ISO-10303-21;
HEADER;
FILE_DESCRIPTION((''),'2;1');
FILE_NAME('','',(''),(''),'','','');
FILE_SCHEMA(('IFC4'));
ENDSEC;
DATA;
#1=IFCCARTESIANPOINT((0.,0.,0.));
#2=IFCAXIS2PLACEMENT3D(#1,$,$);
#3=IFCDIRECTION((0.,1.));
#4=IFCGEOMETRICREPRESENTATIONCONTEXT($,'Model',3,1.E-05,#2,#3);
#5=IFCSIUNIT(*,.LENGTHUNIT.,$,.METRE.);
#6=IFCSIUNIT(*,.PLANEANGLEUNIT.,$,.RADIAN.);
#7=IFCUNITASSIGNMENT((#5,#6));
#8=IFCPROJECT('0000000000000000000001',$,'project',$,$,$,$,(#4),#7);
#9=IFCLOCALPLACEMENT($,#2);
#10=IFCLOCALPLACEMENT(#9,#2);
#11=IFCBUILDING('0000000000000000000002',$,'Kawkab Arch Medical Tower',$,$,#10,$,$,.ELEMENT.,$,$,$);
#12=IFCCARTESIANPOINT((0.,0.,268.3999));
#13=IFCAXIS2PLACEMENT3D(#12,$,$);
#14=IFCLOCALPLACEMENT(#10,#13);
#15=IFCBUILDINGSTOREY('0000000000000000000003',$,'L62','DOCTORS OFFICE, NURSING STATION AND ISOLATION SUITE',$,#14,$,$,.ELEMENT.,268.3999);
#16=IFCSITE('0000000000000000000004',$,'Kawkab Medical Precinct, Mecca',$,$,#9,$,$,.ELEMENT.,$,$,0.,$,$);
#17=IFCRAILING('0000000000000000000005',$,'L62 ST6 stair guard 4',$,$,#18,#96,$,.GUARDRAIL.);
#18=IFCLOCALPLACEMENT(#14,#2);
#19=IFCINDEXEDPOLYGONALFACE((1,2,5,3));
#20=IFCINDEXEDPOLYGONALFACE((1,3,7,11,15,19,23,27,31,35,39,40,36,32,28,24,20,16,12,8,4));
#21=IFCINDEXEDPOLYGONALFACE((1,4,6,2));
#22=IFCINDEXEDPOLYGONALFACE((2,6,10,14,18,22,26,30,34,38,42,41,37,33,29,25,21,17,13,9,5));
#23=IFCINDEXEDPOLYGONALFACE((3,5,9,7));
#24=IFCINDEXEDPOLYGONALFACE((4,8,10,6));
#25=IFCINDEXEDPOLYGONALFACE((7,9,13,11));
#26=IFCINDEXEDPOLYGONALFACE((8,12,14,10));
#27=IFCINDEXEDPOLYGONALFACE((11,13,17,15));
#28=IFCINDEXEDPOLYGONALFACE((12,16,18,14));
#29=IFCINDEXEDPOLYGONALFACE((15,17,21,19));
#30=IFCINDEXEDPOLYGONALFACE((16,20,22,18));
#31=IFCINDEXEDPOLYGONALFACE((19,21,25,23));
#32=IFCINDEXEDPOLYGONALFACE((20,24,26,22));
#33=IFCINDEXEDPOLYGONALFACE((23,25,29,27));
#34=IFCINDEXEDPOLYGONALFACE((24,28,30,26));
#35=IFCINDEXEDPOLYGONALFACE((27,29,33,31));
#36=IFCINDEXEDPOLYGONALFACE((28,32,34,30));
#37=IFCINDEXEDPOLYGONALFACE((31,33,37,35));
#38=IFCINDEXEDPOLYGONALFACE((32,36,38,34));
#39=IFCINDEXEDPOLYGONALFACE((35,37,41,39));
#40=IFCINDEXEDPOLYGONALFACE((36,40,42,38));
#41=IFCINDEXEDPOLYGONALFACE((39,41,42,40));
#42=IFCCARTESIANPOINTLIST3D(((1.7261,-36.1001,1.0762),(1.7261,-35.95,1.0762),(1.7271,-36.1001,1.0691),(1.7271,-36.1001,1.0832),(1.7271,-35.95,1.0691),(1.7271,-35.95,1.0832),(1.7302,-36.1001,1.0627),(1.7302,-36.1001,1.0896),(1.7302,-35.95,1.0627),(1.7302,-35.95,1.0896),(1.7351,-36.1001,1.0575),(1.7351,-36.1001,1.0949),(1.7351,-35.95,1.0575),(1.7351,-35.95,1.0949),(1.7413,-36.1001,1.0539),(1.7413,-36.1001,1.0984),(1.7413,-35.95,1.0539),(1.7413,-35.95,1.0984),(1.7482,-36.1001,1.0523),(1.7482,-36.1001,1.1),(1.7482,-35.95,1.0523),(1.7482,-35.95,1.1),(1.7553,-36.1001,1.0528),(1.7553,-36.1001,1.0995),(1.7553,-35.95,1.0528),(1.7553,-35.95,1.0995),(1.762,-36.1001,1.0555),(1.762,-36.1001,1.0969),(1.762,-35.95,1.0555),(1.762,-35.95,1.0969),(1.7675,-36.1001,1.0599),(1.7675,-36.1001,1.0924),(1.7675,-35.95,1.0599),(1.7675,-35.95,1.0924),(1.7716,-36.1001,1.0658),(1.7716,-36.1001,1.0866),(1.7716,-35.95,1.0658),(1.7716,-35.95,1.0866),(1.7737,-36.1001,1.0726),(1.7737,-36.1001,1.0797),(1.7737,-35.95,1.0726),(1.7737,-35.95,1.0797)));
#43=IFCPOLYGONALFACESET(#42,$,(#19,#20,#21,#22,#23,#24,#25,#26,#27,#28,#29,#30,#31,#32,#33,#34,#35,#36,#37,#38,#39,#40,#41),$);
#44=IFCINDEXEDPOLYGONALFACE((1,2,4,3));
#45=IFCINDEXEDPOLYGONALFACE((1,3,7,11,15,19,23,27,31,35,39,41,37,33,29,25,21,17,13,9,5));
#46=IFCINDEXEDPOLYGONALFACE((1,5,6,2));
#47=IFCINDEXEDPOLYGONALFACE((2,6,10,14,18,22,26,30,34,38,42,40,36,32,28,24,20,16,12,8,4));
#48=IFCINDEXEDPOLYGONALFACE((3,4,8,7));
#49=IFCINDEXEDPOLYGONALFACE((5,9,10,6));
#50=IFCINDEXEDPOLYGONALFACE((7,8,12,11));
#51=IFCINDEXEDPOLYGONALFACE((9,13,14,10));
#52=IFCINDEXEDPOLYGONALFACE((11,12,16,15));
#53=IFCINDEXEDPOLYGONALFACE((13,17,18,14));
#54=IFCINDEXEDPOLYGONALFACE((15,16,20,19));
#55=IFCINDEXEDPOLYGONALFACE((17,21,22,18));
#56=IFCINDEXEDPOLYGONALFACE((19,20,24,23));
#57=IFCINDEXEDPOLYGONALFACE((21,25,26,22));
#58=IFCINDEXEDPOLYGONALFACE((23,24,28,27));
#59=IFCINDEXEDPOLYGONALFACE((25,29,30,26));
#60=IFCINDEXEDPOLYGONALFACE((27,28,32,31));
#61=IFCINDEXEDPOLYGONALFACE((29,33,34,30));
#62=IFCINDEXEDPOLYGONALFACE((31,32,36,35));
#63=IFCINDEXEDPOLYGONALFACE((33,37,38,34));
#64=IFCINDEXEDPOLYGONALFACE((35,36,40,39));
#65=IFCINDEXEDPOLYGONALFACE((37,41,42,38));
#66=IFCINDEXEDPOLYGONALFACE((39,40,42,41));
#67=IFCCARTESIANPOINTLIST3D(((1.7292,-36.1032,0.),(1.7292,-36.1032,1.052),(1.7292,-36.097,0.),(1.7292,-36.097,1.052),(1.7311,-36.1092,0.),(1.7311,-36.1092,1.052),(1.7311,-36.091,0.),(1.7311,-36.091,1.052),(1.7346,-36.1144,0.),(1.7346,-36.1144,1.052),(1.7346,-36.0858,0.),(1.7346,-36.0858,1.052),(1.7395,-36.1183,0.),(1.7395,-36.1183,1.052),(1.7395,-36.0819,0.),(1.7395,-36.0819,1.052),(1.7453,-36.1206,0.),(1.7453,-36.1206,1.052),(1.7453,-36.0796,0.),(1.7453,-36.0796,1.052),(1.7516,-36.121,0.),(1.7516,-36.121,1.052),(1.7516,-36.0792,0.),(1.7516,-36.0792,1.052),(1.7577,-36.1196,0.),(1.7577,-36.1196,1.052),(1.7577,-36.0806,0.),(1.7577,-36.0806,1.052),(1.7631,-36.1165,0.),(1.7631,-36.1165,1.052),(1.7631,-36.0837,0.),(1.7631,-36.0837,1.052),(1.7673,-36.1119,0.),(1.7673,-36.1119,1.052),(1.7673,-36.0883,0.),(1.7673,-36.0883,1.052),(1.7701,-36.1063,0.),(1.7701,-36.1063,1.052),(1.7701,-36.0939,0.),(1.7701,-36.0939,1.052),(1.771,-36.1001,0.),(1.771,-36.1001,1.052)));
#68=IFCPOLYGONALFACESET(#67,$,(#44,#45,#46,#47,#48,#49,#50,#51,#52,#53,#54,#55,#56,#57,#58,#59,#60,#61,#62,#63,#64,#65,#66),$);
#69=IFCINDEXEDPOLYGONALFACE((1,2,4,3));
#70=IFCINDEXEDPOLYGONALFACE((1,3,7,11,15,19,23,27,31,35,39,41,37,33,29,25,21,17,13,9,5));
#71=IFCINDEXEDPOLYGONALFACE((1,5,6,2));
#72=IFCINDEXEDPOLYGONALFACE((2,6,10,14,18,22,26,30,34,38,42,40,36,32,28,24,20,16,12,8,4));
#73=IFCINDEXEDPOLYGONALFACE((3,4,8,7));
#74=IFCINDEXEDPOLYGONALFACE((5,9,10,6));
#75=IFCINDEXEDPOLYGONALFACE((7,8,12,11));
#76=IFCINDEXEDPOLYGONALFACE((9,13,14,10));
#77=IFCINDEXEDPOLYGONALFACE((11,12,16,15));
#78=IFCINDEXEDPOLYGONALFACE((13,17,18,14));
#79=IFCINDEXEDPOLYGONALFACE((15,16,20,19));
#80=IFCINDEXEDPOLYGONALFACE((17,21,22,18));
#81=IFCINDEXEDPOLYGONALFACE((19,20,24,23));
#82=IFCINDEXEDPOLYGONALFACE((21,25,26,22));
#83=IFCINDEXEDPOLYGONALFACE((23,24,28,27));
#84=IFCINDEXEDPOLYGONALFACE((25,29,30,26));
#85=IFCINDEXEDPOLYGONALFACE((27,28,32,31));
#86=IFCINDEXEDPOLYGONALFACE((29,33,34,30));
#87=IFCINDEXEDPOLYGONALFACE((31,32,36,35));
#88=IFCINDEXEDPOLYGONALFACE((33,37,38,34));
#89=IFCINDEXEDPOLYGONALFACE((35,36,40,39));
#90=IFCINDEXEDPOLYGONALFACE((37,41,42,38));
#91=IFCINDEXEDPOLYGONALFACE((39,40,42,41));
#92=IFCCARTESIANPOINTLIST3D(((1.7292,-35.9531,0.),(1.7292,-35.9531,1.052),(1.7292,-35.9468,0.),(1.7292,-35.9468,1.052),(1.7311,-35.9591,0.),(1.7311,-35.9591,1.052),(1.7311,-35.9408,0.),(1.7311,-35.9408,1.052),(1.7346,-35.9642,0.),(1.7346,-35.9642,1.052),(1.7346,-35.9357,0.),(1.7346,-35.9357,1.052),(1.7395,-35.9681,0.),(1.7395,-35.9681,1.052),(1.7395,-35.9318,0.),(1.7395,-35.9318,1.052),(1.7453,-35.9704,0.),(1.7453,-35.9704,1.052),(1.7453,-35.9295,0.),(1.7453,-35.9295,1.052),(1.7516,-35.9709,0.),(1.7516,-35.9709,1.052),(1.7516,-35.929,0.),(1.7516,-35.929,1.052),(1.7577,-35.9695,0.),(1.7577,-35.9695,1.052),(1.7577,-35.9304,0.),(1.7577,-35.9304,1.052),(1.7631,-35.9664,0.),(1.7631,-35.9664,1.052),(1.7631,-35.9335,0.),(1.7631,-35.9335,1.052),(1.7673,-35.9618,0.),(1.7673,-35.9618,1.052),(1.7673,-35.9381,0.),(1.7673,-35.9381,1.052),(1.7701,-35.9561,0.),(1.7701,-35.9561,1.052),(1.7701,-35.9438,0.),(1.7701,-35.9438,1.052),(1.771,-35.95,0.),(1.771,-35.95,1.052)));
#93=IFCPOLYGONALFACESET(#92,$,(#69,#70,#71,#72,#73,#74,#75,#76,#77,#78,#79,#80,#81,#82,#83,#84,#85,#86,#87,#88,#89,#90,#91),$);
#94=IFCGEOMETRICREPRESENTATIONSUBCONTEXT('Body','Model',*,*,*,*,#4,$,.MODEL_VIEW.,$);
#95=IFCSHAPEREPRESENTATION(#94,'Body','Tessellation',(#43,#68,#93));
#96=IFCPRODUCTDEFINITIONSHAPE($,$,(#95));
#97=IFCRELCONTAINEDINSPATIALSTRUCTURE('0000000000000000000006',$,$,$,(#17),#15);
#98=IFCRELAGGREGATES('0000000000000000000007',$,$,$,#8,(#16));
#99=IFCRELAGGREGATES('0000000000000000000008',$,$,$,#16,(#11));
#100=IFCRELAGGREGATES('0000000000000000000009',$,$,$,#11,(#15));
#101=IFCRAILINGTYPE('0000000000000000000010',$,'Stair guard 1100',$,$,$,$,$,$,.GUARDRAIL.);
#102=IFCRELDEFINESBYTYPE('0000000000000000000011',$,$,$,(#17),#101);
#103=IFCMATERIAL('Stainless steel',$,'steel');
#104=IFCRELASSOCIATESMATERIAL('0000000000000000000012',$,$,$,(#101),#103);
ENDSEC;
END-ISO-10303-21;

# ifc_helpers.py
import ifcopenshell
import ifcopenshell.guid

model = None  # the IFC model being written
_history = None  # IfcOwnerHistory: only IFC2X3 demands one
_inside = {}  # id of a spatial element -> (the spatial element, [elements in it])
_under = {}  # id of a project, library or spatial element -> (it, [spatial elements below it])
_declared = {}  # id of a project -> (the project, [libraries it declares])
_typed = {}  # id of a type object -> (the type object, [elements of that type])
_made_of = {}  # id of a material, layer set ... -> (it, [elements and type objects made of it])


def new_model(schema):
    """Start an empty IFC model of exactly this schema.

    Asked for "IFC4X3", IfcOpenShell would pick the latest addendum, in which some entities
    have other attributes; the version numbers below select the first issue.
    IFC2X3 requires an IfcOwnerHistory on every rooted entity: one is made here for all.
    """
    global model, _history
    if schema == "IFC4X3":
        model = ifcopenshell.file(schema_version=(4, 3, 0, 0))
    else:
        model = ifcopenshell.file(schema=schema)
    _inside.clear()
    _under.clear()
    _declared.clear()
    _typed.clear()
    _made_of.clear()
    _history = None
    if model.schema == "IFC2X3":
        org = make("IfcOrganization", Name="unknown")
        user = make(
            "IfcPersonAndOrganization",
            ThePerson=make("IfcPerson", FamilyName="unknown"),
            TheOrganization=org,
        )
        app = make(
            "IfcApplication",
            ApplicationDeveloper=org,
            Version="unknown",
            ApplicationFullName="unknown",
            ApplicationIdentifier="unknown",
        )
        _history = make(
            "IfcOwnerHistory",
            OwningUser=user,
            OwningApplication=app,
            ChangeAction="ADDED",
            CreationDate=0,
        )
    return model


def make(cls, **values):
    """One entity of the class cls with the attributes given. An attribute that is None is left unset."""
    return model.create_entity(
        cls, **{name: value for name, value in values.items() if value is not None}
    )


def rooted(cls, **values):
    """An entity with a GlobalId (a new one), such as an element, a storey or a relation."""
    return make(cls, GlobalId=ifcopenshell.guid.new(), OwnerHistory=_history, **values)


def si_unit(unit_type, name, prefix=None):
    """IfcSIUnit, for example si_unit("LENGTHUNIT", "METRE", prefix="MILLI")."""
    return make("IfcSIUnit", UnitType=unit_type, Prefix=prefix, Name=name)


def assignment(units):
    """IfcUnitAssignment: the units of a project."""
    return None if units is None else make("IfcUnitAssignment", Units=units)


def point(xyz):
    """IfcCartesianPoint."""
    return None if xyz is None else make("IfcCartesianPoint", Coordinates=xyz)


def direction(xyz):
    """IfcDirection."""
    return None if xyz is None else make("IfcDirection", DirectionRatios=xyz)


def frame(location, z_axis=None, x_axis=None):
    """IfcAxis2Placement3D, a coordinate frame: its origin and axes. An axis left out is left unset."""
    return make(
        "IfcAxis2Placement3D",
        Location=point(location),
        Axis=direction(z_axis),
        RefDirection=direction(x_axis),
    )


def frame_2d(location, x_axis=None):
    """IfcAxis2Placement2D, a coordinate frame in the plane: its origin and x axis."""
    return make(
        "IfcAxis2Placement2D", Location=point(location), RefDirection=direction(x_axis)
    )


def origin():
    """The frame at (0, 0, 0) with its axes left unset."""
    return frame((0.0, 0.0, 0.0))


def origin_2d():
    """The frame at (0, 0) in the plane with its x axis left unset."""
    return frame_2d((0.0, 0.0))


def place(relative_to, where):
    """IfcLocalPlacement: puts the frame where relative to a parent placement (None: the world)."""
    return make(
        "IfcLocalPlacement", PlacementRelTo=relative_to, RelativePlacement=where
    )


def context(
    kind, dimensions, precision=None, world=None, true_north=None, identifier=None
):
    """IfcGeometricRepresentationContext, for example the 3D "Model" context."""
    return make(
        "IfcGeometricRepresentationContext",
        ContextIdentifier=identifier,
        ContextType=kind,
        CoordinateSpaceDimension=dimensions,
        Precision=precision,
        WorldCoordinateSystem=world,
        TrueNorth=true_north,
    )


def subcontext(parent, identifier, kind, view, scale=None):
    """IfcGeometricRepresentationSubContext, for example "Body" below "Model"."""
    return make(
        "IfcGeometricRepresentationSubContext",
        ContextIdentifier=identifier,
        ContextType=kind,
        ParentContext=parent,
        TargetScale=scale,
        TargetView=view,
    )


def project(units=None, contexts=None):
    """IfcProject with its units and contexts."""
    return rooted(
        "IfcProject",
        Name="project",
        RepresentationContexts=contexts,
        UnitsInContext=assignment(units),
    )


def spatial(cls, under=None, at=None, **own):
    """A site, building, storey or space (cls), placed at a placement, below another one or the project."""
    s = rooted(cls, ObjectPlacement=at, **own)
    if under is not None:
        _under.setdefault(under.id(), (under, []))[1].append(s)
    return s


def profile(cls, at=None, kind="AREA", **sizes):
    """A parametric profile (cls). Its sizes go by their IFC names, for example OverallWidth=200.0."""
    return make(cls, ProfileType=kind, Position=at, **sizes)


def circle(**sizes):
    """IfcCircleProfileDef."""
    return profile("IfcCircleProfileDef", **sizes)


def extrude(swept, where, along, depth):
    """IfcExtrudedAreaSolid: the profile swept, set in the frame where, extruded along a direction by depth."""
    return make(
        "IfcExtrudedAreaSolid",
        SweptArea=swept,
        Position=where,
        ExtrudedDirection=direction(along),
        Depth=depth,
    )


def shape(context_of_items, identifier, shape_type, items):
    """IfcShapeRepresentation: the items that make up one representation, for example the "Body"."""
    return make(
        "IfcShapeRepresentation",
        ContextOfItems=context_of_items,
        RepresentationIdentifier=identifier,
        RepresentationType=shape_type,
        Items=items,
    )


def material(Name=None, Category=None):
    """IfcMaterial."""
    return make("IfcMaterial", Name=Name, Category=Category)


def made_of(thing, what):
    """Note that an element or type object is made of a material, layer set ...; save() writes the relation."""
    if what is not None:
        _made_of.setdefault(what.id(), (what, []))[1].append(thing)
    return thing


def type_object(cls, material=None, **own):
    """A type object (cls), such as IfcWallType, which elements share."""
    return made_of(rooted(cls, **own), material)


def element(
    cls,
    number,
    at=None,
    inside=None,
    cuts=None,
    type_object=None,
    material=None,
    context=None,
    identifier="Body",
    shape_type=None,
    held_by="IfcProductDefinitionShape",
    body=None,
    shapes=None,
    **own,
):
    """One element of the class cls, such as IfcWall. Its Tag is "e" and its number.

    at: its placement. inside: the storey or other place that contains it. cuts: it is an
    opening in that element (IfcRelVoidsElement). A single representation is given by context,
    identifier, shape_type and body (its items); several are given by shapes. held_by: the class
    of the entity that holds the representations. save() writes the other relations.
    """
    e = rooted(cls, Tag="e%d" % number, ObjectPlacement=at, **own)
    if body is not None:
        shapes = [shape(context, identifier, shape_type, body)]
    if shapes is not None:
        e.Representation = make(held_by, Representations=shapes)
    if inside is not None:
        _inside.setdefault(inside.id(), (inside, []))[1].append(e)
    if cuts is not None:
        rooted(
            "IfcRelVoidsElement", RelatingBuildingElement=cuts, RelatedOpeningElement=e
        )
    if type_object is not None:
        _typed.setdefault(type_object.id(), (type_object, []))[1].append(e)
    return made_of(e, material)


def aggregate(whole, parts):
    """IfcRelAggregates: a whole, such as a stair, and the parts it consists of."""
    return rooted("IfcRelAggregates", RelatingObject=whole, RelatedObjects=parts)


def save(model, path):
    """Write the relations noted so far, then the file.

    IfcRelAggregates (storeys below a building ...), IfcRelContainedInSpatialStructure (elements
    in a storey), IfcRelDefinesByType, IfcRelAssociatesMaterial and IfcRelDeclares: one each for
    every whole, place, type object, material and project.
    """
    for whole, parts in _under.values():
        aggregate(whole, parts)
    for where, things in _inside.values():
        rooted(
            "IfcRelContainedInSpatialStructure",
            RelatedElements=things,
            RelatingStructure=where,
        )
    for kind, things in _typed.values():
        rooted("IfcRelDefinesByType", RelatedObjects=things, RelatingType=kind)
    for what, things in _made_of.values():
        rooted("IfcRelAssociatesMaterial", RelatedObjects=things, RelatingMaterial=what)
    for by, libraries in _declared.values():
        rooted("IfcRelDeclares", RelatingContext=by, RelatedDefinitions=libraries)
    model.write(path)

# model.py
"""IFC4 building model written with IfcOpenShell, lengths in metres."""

from ifc_helpers import new_model, si_unit, direction, frame, origin, origin_2d, place, context, subcontext, project, spatial, circle, extrude, material, type_object, element, save


model = new_model("IFC4")

# Units and contexts
model_context = context("Model", 3, precision=1e-05, world=origin(), true_north=direction((0.0, 1.0)))
body_context = subcontext(model_context, "Body", "Model", "MODEL_VIEW")
ifc_project = project(units=[si_unit("LENGTHUNIT", "METRE"), si_unit("PLANEANGLEUNIT", "RADIAN")], contexts=[model_context])

# Site, building, storey
site_placement = place(None, origin())
site = spatial("IfcSite", under=ifc_project, at=site_placement, Name="Kawkab Medical Precinct, Mecca", CompositionType="ELEMENT", RefElevation=0.0)
building_placement = place(site_placement, origin())
building = spatial("IfcBuilding", under=site, at=building_placement, Name="Kawkab Arch Medical Tower", CompositionType="ELEMENT")
storey_placement = place(building_placement, frame((0.0, 0.0, 268.3999)))
storey = spatial("IfcBuildingStorey", under=building, at=storey_placement, Name="L62", Description="DOCTORS OFFICE, NURSING STATION AND ISOLATION SUITE", CompositionType="ELEMENT", Elevation=268.3999)

# Railing
ifc_material_1 = material(Name="Stainless steel", Category="steel")
railing_type_1 = type_object("IfcRailingType", Name="Stair guard 1100", PredefinedType="GUARDRAIL", material=ifc_material_1)
railing_1_placement = place(storey_placement, frame((1.75, -36.1001, 0.0)))
element("IfcRailing", 1, at=railing_1_placement, inside=storey, type_object=railing_type_1, Name="L62 ST6 stair guard 4", PredefinedType="GUARDRAIL", context=body_context, shape_type="SweptSolid", body=[
    extrude(circle(Radius=0.0239, at=origin_2d()), frame((0.0, 0.0, 1.0762), z_axis=(0.0, 1.0, 0.0), x_axis=(-1.0, 0.0, 0.0)), (0.0, 0.0, 1.0), 0.1501),
    extrude(circle(Radius=0.021, at=origin_2d()), origin(), (0.0, 0.0, 1.0), 1.052),
    extrude(circle(Radius=0.021, at=origin_2d()), frame((0.0, 0.1501, 0.0)), (0.0, 0.0, 1.0), 1.052),
])

save(model, "model.ifc")
